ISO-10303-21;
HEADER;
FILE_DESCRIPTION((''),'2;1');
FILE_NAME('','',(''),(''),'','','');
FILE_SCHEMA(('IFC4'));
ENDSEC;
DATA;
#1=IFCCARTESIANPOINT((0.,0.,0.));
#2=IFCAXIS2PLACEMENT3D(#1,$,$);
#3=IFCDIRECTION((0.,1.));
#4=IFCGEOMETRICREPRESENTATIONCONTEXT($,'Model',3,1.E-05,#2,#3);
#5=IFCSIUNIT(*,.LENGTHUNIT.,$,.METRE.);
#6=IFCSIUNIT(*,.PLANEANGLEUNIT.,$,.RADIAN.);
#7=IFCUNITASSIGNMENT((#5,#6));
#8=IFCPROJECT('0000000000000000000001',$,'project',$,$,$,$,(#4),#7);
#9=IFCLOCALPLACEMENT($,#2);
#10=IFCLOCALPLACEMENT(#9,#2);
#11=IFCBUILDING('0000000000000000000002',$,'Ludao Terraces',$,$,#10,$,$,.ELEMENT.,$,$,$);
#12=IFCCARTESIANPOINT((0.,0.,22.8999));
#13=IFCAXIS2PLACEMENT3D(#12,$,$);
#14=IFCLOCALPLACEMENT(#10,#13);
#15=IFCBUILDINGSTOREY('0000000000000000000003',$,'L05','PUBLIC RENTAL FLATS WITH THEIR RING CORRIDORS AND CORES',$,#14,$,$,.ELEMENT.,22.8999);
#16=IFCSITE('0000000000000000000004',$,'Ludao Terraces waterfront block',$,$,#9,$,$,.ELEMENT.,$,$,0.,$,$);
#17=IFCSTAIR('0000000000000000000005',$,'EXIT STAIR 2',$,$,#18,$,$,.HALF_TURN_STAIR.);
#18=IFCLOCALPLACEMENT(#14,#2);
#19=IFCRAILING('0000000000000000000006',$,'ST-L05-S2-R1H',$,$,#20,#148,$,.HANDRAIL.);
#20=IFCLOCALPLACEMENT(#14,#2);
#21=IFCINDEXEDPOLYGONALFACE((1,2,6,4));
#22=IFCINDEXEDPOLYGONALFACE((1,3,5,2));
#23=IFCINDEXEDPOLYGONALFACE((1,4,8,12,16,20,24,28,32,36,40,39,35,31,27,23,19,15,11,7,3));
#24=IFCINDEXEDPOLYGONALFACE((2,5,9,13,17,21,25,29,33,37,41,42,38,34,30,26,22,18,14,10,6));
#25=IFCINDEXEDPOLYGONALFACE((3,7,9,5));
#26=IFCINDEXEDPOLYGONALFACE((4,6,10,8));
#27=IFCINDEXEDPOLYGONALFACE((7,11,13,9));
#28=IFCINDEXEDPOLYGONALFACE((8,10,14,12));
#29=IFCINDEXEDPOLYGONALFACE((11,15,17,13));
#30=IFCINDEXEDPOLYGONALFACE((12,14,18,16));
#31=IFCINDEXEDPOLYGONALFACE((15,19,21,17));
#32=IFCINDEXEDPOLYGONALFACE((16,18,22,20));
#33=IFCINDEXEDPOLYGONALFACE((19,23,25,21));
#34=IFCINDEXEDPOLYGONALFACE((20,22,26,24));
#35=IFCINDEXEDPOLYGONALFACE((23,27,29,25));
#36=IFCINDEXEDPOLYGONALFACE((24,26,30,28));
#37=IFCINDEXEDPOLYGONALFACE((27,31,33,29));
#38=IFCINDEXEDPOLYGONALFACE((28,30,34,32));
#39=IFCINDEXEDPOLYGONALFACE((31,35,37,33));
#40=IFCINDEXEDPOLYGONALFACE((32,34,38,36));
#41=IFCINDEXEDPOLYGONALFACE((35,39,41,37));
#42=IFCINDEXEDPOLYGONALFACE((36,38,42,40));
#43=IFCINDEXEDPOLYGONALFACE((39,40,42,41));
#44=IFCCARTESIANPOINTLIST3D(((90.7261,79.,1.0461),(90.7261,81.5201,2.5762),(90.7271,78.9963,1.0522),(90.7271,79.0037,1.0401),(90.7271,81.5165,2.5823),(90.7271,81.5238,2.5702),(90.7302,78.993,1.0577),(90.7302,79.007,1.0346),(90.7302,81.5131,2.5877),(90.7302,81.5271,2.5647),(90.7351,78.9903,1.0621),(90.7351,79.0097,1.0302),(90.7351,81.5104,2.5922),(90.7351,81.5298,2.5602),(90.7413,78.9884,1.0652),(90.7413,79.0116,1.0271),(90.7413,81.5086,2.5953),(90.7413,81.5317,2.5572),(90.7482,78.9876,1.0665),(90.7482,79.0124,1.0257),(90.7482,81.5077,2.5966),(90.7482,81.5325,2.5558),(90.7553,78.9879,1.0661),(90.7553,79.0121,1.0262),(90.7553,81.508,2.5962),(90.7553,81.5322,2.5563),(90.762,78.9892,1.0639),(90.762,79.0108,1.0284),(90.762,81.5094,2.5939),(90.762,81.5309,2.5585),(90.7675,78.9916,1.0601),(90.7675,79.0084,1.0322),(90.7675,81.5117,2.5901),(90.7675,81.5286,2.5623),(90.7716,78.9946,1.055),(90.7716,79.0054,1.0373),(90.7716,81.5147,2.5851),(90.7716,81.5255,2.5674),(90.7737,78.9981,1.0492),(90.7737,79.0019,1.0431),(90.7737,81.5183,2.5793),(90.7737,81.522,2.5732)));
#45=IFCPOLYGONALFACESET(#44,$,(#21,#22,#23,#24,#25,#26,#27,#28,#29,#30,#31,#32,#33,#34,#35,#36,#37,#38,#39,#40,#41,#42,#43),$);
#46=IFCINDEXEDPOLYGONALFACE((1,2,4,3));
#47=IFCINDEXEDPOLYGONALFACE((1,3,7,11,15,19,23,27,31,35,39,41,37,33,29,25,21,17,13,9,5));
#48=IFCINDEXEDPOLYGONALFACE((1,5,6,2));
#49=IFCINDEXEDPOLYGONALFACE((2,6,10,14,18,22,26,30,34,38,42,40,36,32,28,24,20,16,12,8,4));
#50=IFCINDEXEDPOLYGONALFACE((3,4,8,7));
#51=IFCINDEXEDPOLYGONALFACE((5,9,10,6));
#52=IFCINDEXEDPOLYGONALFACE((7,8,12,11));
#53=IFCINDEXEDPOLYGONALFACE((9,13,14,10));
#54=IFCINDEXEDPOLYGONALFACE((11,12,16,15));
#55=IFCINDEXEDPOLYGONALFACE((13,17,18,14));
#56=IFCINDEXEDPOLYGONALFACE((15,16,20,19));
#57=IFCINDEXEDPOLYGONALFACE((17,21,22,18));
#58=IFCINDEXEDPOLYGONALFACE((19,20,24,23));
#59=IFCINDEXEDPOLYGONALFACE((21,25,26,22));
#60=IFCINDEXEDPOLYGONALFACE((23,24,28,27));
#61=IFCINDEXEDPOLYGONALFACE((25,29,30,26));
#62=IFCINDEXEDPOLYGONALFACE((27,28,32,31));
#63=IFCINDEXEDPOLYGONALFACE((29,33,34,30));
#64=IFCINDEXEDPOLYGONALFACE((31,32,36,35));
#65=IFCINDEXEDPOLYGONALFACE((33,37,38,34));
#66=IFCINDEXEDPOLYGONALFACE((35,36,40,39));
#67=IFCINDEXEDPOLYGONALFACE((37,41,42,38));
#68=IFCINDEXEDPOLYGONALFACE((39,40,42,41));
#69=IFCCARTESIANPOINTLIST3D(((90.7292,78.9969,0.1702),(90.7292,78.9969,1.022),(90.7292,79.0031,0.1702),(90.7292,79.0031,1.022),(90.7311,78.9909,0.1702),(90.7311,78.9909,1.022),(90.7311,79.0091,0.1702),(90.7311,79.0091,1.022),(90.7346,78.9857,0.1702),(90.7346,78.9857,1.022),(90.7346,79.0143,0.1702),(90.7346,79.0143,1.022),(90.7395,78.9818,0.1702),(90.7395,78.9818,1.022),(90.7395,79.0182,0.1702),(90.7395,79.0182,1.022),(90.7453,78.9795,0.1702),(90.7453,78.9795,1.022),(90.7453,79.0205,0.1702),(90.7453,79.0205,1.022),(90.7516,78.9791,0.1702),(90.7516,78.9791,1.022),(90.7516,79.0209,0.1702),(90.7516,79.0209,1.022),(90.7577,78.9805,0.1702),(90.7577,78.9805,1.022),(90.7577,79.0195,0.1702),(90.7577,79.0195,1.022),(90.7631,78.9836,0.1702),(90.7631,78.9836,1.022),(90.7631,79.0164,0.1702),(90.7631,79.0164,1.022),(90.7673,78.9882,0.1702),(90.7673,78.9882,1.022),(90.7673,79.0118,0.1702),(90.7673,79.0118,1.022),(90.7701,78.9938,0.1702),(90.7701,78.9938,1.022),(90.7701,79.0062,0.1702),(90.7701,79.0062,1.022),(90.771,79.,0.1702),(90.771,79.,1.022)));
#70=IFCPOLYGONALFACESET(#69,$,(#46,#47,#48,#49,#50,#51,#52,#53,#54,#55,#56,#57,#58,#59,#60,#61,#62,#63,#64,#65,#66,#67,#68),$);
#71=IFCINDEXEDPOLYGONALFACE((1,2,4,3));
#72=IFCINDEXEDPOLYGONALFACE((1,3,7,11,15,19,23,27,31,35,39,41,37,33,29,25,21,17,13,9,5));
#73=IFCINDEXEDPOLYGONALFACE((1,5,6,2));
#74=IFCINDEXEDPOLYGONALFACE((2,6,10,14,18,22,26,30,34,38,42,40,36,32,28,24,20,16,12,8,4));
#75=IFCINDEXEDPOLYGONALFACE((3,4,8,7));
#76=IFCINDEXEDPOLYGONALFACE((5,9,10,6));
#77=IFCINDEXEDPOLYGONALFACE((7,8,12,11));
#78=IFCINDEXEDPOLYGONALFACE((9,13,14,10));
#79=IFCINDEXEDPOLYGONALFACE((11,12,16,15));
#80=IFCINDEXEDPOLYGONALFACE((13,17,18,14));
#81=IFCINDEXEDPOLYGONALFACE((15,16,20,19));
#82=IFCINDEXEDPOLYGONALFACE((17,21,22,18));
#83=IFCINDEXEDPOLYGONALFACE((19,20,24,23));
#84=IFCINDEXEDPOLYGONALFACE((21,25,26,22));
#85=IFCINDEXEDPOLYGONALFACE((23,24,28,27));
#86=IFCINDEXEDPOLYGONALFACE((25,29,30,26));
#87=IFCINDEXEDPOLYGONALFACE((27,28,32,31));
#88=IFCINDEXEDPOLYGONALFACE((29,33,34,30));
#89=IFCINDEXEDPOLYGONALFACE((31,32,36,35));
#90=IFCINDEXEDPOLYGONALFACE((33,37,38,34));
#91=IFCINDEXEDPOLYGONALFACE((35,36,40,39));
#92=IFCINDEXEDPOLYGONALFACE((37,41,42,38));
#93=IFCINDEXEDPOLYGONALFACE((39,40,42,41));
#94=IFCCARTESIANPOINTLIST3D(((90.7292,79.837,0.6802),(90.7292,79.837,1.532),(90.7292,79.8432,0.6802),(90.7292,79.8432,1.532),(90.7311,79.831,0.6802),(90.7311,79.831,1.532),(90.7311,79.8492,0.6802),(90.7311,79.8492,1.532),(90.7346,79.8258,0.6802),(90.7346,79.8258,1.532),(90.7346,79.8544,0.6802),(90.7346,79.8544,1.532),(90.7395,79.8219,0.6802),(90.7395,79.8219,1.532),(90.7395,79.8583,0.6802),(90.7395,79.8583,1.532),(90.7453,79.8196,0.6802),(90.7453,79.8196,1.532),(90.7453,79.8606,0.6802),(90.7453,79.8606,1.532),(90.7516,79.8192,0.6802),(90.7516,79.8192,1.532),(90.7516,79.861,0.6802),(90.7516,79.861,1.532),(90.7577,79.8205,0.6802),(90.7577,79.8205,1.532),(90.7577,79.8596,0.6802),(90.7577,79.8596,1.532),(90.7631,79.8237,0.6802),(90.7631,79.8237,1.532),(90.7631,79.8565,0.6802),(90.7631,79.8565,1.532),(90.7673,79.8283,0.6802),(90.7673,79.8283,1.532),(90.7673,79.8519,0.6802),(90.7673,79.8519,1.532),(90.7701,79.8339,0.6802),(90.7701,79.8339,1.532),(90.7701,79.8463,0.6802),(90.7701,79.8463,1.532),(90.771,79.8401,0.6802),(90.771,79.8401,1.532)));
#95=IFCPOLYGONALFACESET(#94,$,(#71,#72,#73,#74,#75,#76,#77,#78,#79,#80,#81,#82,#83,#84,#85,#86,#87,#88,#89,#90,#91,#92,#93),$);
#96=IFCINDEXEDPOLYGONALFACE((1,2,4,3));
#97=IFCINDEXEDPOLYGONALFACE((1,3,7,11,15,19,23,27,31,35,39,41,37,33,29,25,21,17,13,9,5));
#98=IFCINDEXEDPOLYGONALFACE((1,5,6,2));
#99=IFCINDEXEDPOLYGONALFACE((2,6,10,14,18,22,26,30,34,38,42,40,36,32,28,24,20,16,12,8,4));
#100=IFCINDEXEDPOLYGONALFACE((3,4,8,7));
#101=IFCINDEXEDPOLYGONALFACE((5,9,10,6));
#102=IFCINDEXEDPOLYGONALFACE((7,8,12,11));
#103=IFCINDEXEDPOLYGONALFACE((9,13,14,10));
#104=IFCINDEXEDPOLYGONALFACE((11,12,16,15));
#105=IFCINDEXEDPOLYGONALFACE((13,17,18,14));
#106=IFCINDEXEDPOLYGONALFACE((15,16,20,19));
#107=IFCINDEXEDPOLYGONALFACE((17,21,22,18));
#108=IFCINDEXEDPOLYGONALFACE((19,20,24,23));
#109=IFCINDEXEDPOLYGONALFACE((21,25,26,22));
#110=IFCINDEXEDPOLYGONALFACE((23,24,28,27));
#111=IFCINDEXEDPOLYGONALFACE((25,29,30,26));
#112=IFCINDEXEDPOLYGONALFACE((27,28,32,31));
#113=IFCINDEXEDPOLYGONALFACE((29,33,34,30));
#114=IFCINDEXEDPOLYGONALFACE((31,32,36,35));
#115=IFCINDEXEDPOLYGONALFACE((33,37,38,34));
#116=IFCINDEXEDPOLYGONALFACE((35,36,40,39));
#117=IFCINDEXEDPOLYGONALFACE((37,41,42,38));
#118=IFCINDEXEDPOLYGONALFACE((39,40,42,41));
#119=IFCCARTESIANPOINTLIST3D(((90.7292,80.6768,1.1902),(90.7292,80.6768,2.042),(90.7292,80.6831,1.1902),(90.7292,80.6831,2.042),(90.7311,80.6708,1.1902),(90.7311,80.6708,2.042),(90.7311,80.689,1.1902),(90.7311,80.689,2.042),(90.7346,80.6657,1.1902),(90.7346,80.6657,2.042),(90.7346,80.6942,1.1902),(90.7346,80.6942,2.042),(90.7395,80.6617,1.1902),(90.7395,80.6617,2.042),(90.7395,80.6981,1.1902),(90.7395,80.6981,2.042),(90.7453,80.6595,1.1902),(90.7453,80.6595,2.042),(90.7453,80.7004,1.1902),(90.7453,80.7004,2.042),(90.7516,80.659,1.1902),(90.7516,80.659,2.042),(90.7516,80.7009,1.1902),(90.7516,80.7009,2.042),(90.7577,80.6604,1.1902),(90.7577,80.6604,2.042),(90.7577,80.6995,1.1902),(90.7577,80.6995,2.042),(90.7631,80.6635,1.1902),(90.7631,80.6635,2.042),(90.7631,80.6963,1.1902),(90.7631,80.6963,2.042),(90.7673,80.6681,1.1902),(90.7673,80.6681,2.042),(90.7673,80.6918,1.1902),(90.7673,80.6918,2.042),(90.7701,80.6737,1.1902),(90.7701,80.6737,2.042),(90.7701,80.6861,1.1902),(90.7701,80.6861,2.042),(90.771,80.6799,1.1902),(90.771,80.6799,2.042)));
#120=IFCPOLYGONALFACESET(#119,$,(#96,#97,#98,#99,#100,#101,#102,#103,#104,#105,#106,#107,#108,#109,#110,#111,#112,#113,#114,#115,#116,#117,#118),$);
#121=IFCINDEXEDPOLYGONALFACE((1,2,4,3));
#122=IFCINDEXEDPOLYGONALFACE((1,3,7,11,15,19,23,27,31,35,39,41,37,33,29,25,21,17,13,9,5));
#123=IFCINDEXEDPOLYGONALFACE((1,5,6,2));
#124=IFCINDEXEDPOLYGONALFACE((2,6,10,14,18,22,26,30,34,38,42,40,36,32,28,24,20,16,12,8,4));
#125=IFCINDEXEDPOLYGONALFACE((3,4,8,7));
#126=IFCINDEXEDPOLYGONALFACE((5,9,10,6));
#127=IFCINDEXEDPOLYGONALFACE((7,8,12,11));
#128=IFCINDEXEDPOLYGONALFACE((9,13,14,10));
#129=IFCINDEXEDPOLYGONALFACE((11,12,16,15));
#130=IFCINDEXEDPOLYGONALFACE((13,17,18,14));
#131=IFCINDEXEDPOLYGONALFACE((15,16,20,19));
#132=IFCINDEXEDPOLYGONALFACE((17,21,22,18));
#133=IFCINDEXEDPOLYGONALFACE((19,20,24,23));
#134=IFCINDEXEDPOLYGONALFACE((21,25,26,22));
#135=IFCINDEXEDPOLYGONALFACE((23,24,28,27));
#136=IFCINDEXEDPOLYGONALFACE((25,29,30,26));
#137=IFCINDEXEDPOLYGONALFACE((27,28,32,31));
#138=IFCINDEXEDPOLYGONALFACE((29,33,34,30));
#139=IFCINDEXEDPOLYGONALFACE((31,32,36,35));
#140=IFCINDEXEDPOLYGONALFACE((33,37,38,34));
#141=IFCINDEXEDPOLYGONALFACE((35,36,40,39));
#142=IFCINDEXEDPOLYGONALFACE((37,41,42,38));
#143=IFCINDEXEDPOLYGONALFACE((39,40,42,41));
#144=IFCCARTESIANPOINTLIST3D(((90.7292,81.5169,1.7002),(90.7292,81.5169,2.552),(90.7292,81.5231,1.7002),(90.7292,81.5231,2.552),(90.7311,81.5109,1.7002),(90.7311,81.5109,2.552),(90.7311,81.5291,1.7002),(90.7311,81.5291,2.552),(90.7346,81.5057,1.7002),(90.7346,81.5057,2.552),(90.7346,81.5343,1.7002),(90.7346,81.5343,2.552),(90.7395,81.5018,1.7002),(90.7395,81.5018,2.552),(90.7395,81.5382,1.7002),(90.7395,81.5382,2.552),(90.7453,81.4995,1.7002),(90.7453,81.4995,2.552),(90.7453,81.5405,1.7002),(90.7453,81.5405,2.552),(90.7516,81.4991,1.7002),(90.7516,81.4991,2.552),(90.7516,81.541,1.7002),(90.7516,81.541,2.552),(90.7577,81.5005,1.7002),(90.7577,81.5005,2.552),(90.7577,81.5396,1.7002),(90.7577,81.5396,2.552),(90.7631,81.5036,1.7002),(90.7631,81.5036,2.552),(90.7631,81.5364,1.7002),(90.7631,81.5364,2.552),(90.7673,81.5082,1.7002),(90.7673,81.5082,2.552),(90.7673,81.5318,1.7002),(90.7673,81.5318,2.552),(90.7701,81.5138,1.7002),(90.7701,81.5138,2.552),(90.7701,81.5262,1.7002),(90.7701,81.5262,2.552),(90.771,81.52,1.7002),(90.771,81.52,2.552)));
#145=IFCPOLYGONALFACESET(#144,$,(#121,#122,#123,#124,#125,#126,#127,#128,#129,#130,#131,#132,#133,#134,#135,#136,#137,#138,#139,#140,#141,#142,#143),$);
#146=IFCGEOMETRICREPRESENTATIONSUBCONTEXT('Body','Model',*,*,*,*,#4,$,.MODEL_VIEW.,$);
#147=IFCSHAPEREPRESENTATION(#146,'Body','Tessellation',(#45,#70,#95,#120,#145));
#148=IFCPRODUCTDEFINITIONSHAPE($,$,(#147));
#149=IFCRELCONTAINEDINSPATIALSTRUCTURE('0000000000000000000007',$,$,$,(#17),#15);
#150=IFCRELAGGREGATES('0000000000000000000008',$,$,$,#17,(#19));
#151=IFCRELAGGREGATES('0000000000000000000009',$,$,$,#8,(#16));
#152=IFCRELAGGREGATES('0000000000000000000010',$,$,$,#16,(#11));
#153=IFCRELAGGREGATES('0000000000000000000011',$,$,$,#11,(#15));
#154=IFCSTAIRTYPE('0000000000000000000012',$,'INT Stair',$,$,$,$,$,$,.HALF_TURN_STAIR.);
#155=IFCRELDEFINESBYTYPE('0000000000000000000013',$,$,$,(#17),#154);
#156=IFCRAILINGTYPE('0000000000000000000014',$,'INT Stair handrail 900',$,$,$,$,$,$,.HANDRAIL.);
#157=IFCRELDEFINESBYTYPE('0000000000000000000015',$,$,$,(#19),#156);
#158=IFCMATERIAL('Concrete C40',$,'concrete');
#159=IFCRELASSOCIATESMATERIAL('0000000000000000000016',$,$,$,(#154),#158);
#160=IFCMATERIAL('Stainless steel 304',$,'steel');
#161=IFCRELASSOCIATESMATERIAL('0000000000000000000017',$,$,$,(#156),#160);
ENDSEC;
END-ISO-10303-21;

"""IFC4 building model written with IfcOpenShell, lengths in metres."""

from ifc_helpers import new_model, si_unit, direction, frame, origin, origin_2d, place, context, subcontext, project, spatial, circle, extrude, material, type_object, element, aggregate, save


model = new_model("IFC4")

# Units and contexts
model_context = context("Model", 3, precision=1e-05, world=origin(), true_north=direction((0.0, 1.0)))
body_context = subcontext(model_context, "Body", "Model", "MODEL_VIEW")
ifc_project = project(units=[si_unit("LENGTHUNIT", "METRE"), si_unit("PLANEANGLEUNIT", "RADIAN")], contexts=[model_context])

# Site, building, storey
site_placement = place(None, origin())
site = spatial("IfcSite", under=ifc_project, at=site_placement, Name="Ludao Terraces waterfront block", CompositionType="ELEMENT", RefElevation=0.0)
building_placement = place(site_placement, origin())
building = spatial("IfcBuilding", under=site, at=building_placement, Name="Ludao Terraces", CompositionType="ELEMENT")
storey_placement = place(building_placement, frame((0.0, 0.0, 22.8999)))
storey = spatial("IfcBuildingStorey", under=building, at=storey_placement, Name="L05", Description="PUBLIC RENTAL FLATS WITH THEIR RING CORRIDORS AND CORES", CompositionType="ELEMENT", Elevation=22.8999)

# Shared definitions
ifc_material_1 = material(Name="Stainless steel 304", Category="steel")

# Stair, railing
ifc_material_2 = material(Name="Concrete C40", Category="concrete")
stair_type = type_object("IfcStairType", Name="INT Stair", PredefinedType="HALF_TURN_STAIR", material=ifc_material_2)
stair_placement = place(storey_placement, origin())
stair = element("IfcStair", 1, at=stair_placement, inside=storey, type_object=stair_type, Name="EXIT STAIR 2", PredefinedType="HALF_TURN_STAIR")
railing_type_1 = type_object("IfcRailingType", Name="INT Stair handrail 900", PredefinedType="HANDRAIL", material=ifc_material_1)
railing_1_placement = place(storey_placement, frame((90.75, 79.0, 0.1702)))
railing_1 = element("IfcRailing", 2, at=railing_1_placement, type_object=railing_type_1, Name="ST-L05-S2-R1H", PredefinedType="HANDRAIL", context=body_context, shape_type="SweptSolid", body=[
    extrude(circle(Radius=0.0239, at=origin_2d()), frame((0.0, 0.0, 0.876), z_axis=(0.0, 0.854785, 0.518982), x_axis=(-1.0, 0.0, 0.0)), (0.0, 0.0, 1.0), 2.9482),
    extrude(circle(Radius=0.021, at=origin_2d()), origin(), (0.0, 0.0, 1.0), 0.8518),
    extrude(circle(Radius=0.021, at=origin_2d()), frame((0.0, 0.8401, 0.51)), (0.0, 0.0, 1.0), 0.8518),
    extrude(circle(Radius=0.021, at=origin_2d()), frame((0.0, 1.6799, 1.02)), (0.0, 0.0, 1.0), 0.8518),
    extrude(circle(Radius=0.021, at=origin_2d()), frame((0.0, 2.52, 1.53)), (0.0, 0.0, 1.0), 0.8518),
])
aggregate(stair, [railing_1])

save(model, "model.ifc")
